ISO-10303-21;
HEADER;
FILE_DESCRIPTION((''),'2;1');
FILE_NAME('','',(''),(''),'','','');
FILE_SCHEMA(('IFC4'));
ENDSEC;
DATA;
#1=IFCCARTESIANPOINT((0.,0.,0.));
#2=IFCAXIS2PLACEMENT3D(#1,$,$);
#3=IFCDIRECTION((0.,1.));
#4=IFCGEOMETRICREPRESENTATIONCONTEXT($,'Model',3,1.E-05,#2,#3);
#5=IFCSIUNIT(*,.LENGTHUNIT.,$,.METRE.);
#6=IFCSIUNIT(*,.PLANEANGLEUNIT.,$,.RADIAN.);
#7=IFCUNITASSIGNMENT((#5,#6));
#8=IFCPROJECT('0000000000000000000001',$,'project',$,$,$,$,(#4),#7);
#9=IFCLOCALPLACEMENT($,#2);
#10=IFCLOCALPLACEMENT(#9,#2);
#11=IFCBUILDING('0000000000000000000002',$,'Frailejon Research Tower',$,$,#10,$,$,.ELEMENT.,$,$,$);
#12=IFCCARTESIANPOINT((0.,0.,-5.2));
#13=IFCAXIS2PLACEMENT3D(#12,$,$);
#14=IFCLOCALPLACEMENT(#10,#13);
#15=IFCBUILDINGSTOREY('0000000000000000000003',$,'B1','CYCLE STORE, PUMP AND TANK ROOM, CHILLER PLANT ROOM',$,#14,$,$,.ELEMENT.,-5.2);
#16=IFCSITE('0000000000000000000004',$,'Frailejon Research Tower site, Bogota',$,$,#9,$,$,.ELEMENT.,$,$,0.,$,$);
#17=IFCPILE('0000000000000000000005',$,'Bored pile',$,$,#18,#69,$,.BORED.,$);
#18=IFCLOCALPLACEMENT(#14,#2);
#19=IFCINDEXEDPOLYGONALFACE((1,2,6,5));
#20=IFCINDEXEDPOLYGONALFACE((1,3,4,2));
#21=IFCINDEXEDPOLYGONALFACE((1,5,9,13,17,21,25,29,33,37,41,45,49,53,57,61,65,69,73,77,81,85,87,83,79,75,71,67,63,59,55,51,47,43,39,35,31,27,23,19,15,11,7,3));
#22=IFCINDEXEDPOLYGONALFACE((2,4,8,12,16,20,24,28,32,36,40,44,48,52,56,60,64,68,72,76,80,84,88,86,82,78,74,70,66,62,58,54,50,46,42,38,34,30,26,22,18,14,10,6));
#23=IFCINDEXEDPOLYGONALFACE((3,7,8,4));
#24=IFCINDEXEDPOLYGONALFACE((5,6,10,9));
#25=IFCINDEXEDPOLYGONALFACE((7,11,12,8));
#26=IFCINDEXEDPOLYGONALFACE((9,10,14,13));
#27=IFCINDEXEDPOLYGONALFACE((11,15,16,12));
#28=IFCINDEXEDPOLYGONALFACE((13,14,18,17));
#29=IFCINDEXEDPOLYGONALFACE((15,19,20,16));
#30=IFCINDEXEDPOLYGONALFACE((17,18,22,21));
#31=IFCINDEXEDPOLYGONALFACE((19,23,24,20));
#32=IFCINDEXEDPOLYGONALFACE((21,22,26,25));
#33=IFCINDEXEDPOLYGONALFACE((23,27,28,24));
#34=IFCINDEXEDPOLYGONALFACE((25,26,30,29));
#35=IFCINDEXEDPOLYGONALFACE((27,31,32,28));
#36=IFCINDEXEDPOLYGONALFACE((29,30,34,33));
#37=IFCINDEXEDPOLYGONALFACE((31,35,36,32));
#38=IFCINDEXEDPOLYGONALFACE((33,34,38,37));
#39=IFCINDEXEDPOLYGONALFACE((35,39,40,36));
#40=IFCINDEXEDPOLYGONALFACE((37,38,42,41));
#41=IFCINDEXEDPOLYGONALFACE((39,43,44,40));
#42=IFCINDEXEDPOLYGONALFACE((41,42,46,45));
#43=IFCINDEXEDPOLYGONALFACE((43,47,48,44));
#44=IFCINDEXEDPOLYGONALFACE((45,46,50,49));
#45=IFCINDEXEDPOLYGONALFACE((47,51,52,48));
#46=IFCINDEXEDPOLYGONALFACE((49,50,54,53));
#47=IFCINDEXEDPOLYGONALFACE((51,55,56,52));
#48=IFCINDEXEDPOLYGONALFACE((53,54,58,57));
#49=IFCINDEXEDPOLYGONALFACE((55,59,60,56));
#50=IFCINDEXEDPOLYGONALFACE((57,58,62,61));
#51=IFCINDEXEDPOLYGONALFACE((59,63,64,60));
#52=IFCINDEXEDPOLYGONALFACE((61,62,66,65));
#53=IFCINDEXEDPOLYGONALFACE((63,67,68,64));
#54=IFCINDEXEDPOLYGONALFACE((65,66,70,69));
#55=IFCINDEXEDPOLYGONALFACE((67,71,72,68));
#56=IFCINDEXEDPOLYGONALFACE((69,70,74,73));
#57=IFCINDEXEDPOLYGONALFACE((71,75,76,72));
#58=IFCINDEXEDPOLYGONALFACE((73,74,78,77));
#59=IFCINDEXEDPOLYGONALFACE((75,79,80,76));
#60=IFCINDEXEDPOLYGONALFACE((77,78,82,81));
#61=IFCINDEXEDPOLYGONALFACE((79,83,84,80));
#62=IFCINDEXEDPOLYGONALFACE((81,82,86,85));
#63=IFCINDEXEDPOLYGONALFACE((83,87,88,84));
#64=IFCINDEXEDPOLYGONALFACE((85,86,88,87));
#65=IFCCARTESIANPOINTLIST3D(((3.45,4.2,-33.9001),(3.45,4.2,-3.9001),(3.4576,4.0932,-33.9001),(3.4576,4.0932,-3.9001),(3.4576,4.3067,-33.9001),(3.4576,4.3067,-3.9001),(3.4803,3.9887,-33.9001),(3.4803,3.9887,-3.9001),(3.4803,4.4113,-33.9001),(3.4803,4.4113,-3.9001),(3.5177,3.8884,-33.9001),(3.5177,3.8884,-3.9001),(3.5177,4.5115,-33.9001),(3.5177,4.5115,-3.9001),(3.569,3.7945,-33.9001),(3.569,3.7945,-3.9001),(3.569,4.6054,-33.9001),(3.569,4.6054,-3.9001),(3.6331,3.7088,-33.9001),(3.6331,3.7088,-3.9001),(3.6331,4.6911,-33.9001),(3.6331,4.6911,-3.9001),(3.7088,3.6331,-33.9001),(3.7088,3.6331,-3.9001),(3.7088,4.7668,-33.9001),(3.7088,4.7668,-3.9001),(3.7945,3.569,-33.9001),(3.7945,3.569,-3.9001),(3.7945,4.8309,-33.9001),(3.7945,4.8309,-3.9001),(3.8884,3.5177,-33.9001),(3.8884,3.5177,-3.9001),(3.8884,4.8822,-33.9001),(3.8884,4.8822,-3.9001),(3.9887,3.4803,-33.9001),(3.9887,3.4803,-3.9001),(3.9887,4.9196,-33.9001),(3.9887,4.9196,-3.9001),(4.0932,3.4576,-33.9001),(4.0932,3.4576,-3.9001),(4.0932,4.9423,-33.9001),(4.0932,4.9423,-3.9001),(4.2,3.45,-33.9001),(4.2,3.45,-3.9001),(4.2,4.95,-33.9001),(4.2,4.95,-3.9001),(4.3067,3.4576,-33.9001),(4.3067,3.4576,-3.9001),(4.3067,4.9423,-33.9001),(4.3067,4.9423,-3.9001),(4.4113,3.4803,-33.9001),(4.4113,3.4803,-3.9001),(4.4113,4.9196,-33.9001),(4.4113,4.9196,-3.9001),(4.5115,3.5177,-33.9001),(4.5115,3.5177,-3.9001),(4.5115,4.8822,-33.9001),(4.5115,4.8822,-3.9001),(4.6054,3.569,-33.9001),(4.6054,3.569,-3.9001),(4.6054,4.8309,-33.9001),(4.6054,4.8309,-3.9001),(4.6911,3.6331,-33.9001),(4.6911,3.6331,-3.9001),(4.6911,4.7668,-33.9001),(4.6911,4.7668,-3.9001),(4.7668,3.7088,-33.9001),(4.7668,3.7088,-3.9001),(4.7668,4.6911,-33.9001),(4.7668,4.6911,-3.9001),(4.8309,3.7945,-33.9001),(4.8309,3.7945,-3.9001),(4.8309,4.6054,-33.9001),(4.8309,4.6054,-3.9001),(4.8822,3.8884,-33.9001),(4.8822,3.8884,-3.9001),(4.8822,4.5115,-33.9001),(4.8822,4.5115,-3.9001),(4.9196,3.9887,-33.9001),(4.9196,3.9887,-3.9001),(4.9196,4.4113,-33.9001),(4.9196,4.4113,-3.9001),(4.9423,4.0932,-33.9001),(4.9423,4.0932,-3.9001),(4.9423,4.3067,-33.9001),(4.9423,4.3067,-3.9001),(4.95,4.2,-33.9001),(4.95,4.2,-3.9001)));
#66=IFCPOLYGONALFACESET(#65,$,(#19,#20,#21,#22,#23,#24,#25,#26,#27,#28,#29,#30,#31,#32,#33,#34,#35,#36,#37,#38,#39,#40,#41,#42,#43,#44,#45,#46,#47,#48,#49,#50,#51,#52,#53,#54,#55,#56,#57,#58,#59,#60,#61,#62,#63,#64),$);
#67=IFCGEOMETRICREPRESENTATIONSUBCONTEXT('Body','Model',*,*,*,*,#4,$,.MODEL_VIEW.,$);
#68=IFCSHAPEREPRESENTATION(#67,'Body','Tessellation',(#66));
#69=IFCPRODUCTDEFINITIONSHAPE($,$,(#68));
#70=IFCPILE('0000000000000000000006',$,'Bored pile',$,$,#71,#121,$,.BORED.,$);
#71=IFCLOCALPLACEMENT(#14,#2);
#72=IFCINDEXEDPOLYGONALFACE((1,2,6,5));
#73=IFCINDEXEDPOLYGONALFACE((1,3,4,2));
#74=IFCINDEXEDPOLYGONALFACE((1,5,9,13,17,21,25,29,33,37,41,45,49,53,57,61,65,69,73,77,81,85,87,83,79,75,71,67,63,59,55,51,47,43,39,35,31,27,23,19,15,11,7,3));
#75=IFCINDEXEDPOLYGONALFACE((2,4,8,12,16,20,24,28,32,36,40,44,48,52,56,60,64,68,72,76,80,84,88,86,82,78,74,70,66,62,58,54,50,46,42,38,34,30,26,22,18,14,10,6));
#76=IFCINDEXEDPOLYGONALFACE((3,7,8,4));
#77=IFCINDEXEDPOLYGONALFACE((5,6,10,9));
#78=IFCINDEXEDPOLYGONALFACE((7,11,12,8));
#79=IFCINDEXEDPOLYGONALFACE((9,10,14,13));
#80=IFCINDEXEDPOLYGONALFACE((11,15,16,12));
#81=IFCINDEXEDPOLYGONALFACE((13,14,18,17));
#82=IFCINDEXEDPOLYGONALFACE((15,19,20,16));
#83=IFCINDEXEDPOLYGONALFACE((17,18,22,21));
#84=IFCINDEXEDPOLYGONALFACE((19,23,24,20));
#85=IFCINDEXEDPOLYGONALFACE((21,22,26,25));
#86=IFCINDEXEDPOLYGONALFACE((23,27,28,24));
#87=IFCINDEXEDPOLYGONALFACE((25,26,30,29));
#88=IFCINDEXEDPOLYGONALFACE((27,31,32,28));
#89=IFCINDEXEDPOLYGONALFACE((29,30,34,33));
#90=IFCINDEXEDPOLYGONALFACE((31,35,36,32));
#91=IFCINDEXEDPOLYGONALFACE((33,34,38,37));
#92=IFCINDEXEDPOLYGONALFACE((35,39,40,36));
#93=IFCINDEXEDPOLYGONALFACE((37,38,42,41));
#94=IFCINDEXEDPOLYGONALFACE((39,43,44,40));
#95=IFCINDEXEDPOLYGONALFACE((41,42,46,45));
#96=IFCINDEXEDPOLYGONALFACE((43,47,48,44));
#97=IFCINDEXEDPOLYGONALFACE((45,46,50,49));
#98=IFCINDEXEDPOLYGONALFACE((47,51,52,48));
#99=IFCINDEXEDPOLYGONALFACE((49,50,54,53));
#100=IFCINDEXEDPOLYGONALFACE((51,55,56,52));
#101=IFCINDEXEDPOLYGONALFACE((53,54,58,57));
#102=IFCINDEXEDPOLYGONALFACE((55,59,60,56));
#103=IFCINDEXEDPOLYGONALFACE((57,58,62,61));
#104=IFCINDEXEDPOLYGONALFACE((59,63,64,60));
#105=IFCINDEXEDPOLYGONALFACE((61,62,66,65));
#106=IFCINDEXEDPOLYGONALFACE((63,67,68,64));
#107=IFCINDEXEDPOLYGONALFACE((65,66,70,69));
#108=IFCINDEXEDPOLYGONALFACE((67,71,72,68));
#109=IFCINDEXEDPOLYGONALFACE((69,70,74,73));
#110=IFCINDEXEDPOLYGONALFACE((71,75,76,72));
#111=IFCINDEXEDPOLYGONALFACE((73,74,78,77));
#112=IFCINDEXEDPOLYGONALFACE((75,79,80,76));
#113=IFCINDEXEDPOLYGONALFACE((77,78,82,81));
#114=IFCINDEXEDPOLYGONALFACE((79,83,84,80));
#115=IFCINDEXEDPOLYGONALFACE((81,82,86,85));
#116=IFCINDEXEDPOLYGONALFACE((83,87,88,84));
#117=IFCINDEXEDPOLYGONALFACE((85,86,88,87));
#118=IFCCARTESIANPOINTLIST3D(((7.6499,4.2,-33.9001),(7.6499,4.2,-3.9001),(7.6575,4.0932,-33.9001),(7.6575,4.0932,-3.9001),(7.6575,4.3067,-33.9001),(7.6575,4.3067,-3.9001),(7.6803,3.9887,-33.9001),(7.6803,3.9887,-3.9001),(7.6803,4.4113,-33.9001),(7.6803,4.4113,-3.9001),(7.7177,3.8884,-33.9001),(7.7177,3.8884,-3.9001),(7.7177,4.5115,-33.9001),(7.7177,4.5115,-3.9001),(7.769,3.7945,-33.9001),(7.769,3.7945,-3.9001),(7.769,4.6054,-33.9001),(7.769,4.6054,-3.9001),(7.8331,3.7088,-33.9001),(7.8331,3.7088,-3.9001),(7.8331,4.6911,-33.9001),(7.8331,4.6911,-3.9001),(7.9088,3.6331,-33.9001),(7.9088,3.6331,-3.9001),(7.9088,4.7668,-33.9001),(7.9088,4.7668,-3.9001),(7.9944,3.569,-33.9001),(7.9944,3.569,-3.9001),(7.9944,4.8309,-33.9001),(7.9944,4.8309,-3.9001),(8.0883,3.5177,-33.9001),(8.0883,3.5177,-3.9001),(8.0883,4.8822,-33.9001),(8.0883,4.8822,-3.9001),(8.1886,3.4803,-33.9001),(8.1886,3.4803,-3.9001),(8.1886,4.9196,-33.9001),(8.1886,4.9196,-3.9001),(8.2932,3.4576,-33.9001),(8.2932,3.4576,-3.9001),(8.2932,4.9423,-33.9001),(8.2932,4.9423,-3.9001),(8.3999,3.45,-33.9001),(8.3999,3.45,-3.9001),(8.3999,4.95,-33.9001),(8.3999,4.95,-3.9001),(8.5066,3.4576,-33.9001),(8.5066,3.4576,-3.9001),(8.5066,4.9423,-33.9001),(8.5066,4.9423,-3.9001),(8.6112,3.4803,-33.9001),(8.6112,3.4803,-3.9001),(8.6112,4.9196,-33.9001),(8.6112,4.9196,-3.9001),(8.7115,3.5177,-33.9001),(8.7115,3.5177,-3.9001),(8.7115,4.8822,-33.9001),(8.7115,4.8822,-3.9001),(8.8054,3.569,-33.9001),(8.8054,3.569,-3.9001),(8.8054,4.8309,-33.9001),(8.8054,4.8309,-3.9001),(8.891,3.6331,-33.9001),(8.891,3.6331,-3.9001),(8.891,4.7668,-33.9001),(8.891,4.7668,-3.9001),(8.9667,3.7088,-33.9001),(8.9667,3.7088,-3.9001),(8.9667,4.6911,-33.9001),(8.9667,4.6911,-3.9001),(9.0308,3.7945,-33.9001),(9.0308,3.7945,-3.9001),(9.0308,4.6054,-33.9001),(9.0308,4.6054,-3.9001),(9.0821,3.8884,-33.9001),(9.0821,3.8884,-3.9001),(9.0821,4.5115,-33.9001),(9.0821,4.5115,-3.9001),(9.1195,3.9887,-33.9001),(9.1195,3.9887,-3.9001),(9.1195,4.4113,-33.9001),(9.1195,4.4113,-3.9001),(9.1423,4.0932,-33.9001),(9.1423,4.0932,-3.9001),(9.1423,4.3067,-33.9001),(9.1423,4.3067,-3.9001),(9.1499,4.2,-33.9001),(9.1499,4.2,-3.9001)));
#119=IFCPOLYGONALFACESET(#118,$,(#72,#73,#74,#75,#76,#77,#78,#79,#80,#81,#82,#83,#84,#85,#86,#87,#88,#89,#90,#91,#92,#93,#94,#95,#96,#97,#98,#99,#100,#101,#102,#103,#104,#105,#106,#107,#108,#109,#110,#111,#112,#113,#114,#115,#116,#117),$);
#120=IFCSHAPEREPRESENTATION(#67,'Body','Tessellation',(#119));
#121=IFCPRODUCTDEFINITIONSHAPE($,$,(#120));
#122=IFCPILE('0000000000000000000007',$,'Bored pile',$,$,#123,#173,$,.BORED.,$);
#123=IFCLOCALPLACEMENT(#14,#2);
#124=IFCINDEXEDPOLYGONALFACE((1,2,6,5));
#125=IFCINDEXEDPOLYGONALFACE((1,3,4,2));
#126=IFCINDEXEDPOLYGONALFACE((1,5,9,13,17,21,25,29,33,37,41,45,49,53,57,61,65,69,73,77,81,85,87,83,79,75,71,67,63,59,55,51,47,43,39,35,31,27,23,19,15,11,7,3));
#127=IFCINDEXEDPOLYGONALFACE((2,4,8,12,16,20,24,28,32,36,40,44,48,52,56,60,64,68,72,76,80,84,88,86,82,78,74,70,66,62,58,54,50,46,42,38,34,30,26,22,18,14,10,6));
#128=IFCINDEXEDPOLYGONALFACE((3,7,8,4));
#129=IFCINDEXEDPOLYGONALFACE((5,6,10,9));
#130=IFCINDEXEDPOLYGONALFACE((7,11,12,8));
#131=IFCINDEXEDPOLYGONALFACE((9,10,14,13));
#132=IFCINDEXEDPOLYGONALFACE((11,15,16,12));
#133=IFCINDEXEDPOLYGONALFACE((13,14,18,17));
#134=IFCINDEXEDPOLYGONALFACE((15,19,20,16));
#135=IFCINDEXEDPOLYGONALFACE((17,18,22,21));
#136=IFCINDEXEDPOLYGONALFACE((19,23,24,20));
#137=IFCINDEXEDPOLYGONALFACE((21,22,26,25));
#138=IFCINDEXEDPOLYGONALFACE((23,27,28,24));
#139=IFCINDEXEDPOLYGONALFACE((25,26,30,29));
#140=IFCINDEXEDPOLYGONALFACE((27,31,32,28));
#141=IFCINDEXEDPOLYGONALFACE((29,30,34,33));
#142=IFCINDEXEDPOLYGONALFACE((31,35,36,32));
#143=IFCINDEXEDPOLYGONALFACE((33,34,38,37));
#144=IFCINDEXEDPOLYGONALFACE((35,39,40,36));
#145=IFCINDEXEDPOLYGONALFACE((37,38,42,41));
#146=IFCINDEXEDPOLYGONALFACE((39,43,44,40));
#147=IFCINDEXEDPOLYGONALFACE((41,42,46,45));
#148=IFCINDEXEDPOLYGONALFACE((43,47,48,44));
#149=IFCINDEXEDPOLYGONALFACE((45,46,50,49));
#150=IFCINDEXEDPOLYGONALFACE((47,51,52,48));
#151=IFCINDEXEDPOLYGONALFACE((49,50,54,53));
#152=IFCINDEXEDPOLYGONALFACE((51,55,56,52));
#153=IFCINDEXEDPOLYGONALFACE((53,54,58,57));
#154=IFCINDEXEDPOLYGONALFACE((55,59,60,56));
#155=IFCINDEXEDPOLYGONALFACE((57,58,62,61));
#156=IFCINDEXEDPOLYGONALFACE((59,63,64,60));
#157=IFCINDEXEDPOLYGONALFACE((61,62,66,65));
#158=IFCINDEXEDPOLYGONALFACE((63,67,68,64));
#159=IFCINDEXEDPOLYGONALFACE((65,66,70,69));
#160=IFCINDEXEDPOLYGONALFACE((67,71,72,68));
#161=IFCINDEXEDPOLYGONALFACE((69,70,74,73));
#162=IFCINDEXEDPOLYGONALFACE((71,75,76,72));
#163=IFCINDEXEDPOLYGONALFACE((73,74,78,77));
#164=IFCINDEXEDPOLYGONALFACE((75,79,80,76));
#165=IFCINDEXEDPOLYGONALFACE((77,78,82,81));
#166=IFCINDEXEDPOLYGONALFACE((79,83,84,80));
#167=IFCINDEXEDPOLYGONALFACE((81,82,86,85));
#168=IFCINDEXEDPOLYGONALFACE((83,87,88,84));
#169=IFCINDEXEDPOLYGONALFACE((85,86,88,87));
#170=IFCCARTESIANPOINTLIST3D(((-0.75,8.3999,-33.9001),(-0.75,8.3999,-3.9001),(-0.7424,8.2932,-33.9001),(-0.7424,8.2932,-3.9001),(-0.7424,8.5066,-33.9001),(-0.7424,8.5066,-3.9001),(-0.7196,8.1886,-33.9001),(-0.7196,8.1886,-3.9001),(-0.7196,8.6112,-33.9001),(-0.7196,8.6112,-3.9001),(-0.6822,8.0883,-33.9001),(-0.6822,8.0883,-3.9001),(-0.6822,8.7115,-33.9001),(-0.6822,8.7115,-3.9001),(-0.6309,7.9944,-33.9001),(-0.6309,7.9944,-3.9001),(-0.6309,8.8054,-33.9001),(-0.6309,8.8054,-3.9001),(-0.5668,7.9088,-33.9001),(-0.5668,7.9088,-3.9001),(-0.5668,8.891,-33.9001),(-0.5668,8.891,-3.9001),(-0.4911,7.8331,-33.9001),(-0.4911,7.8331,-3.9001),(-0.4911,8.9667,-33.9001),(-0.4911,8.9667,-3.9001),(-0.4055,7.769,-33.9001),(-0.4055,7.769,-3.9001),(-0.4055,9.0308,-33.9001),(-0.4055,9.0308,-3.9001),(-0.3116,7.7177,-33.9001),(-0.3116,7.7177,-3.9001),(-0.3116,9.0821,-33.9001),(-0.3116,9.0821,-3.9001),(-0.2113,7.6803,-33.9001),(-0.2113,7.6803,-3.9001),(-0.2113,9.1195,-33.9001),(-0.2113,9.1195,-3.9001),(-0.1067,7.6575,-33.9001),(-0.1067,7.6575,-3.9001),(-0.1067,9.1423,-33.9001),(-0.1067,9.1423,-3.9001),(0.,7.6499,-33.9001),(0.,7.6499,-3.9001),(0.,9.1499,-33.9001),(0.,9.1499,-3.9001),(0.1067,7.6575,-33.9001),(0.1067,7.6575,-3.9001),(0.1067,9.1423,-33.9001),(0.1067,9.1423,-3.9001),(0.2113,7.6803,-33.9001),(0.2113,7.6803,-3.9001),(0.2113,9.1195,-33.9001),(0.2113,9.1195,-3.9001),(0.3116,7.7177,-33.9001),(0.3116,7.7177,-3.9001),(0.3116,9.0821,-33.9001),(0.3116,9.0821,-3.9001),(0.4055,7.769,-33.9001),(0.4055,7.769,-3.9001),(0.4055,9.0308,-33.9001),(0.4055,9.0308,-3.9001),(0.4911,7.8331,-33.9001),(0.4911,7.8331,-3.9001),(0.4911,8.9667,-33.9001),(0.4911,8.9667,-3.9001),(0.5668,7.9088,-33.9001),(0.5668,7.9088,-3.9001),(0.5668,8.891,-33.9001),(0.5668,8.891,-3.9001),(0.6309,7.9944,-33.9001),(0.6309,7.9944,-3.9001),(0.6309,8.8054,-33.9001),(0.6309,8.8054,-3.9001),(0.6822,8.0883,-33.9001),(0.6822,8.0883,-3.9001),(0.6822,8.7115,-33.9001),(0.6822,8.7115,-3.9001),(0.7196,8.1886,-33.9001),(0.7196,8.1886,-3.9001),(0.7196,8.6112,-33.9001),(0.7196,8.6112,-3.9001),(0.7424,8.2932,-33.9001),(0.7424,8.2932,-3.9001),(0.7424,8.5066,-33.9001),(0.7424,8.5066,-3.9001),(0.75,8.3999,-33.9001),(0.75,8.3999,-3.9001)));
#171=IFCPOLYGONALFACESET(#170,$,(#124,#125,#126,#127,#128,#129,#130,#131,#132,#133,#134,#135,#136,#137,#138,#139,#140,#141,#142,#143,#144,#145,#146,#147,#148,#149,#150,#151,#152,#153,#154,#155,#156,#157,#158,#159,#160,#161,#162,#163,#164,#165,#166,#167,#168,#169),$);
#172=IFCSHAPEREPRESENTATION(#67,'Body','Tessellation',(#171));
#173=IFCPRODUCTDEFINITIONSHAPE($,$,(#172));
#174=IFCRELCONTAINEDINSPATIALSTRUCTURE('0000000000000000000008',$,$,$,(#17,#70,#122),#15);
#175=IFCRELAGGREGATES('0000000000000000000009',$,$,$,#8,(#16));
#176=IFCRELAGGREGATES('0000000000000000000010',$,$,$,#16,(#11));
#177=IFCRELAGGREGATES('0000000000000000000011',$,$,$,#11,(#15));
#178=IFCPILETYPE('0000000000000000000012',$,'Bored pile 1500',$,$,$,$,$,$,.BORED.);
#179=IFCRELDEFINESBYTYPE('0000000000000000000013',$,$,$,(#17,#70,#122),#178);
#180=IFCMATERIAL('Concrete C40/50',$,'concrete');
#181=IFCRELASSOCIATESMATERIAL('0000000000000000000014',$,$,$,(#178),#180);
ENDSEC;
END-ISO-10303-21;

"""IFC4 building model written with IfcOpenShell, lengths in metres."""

from ifc_helpers import new_model, si_unit, direction, frame, origin, origin_2d, place, context, subcontext, project, spatial, circle, extrude, material, material_profile, profile_set, type_object, element, save


model = new_model("IFC4")

# Units and contexts
model_context = context("Model", 3, precision=1e-05, world=origin(), true_north=direction((0.0, 1.0)))
body_context = subcontext(model_context, "Body", "Model", "MODEL_VIEW")
ifc_project = project(units=[si_unit("LENGTHUNIT", "METRE"), si_unit("PLANEANGLEUNIT", "RADIAN")], contexts=[model_context])

# Site, building, storey
site_placement = place(None, origin())
site = spatial("IfcSite", under=ifc_project, at=site_placement, Name="Frailejon Research Tower site, Bogota", CompositionType="ELEMENT", RefElevation=0.0)
building_placement = place(site_placement, origin())
building = spatial("IfcBuilding", under=site, at=building_placement, Name="Frailejon Research Tower", CompositionType="ELEMENT")
storey_placement = place(building_placement, frame((0.0, 0.0, -5.2)))
storey = spatial("IfcBuildingStorey", under=building, at=storey_placement, Name="B1", Description="CYCLE STORE, PUMP AND TANK ROOM, CHILLER PLANT ROOM", CompositionType="ELEMENT", Elevation=-5.2)

# Piles
ifc_material_1 = material(Name="Concrete C40/50", Category="concrete")
ifc_material_profile = material_profile(ifc_material_1, circle(Radius=0.75, at=origin_2d()), Name="Bored pile 1500")
ifc_profile_set = profile_set([ifc_material_profile], Name="Concrete C40/50")
pile_type = type_object("IfcPileType", Name="Bored pile 1500", PredefinedType="BORED", material=ifc_profile_set)
for number, where, z_axis, x_axis, name in (
    (1, (4.2, 4.2, -3.9001), (0.0, 0.0, -1.0), (1.0, 0.0, 0.0), "Bored pile"),
    (2, (8.3999, 4.2, -3.9001), (0.0, 0.0, -1.0), (1.0, 0.0, 0.0), "Bored pile"),
    (3, (0.0, 8.3999, -3.9001), (0.0, 0.0, -1.0), (1.0, 0.0, 0.0), "Bored pile"),
):
    element("IfcPile", number, at=place(storey_placement, frame(where, z_axis=z_axis, x_axis=x_axis)), inside=storey, type_object=pile_type, Name=name, PredefinedType="BORED", context=body_context, shape_type="SweptSolid", body=[
        extrude(circle(Radius=0.75, at=origin_2d()), origin(), (0.0, 0.0, 1.0), 30.0),
    ])

save(model, "model.ifc")
